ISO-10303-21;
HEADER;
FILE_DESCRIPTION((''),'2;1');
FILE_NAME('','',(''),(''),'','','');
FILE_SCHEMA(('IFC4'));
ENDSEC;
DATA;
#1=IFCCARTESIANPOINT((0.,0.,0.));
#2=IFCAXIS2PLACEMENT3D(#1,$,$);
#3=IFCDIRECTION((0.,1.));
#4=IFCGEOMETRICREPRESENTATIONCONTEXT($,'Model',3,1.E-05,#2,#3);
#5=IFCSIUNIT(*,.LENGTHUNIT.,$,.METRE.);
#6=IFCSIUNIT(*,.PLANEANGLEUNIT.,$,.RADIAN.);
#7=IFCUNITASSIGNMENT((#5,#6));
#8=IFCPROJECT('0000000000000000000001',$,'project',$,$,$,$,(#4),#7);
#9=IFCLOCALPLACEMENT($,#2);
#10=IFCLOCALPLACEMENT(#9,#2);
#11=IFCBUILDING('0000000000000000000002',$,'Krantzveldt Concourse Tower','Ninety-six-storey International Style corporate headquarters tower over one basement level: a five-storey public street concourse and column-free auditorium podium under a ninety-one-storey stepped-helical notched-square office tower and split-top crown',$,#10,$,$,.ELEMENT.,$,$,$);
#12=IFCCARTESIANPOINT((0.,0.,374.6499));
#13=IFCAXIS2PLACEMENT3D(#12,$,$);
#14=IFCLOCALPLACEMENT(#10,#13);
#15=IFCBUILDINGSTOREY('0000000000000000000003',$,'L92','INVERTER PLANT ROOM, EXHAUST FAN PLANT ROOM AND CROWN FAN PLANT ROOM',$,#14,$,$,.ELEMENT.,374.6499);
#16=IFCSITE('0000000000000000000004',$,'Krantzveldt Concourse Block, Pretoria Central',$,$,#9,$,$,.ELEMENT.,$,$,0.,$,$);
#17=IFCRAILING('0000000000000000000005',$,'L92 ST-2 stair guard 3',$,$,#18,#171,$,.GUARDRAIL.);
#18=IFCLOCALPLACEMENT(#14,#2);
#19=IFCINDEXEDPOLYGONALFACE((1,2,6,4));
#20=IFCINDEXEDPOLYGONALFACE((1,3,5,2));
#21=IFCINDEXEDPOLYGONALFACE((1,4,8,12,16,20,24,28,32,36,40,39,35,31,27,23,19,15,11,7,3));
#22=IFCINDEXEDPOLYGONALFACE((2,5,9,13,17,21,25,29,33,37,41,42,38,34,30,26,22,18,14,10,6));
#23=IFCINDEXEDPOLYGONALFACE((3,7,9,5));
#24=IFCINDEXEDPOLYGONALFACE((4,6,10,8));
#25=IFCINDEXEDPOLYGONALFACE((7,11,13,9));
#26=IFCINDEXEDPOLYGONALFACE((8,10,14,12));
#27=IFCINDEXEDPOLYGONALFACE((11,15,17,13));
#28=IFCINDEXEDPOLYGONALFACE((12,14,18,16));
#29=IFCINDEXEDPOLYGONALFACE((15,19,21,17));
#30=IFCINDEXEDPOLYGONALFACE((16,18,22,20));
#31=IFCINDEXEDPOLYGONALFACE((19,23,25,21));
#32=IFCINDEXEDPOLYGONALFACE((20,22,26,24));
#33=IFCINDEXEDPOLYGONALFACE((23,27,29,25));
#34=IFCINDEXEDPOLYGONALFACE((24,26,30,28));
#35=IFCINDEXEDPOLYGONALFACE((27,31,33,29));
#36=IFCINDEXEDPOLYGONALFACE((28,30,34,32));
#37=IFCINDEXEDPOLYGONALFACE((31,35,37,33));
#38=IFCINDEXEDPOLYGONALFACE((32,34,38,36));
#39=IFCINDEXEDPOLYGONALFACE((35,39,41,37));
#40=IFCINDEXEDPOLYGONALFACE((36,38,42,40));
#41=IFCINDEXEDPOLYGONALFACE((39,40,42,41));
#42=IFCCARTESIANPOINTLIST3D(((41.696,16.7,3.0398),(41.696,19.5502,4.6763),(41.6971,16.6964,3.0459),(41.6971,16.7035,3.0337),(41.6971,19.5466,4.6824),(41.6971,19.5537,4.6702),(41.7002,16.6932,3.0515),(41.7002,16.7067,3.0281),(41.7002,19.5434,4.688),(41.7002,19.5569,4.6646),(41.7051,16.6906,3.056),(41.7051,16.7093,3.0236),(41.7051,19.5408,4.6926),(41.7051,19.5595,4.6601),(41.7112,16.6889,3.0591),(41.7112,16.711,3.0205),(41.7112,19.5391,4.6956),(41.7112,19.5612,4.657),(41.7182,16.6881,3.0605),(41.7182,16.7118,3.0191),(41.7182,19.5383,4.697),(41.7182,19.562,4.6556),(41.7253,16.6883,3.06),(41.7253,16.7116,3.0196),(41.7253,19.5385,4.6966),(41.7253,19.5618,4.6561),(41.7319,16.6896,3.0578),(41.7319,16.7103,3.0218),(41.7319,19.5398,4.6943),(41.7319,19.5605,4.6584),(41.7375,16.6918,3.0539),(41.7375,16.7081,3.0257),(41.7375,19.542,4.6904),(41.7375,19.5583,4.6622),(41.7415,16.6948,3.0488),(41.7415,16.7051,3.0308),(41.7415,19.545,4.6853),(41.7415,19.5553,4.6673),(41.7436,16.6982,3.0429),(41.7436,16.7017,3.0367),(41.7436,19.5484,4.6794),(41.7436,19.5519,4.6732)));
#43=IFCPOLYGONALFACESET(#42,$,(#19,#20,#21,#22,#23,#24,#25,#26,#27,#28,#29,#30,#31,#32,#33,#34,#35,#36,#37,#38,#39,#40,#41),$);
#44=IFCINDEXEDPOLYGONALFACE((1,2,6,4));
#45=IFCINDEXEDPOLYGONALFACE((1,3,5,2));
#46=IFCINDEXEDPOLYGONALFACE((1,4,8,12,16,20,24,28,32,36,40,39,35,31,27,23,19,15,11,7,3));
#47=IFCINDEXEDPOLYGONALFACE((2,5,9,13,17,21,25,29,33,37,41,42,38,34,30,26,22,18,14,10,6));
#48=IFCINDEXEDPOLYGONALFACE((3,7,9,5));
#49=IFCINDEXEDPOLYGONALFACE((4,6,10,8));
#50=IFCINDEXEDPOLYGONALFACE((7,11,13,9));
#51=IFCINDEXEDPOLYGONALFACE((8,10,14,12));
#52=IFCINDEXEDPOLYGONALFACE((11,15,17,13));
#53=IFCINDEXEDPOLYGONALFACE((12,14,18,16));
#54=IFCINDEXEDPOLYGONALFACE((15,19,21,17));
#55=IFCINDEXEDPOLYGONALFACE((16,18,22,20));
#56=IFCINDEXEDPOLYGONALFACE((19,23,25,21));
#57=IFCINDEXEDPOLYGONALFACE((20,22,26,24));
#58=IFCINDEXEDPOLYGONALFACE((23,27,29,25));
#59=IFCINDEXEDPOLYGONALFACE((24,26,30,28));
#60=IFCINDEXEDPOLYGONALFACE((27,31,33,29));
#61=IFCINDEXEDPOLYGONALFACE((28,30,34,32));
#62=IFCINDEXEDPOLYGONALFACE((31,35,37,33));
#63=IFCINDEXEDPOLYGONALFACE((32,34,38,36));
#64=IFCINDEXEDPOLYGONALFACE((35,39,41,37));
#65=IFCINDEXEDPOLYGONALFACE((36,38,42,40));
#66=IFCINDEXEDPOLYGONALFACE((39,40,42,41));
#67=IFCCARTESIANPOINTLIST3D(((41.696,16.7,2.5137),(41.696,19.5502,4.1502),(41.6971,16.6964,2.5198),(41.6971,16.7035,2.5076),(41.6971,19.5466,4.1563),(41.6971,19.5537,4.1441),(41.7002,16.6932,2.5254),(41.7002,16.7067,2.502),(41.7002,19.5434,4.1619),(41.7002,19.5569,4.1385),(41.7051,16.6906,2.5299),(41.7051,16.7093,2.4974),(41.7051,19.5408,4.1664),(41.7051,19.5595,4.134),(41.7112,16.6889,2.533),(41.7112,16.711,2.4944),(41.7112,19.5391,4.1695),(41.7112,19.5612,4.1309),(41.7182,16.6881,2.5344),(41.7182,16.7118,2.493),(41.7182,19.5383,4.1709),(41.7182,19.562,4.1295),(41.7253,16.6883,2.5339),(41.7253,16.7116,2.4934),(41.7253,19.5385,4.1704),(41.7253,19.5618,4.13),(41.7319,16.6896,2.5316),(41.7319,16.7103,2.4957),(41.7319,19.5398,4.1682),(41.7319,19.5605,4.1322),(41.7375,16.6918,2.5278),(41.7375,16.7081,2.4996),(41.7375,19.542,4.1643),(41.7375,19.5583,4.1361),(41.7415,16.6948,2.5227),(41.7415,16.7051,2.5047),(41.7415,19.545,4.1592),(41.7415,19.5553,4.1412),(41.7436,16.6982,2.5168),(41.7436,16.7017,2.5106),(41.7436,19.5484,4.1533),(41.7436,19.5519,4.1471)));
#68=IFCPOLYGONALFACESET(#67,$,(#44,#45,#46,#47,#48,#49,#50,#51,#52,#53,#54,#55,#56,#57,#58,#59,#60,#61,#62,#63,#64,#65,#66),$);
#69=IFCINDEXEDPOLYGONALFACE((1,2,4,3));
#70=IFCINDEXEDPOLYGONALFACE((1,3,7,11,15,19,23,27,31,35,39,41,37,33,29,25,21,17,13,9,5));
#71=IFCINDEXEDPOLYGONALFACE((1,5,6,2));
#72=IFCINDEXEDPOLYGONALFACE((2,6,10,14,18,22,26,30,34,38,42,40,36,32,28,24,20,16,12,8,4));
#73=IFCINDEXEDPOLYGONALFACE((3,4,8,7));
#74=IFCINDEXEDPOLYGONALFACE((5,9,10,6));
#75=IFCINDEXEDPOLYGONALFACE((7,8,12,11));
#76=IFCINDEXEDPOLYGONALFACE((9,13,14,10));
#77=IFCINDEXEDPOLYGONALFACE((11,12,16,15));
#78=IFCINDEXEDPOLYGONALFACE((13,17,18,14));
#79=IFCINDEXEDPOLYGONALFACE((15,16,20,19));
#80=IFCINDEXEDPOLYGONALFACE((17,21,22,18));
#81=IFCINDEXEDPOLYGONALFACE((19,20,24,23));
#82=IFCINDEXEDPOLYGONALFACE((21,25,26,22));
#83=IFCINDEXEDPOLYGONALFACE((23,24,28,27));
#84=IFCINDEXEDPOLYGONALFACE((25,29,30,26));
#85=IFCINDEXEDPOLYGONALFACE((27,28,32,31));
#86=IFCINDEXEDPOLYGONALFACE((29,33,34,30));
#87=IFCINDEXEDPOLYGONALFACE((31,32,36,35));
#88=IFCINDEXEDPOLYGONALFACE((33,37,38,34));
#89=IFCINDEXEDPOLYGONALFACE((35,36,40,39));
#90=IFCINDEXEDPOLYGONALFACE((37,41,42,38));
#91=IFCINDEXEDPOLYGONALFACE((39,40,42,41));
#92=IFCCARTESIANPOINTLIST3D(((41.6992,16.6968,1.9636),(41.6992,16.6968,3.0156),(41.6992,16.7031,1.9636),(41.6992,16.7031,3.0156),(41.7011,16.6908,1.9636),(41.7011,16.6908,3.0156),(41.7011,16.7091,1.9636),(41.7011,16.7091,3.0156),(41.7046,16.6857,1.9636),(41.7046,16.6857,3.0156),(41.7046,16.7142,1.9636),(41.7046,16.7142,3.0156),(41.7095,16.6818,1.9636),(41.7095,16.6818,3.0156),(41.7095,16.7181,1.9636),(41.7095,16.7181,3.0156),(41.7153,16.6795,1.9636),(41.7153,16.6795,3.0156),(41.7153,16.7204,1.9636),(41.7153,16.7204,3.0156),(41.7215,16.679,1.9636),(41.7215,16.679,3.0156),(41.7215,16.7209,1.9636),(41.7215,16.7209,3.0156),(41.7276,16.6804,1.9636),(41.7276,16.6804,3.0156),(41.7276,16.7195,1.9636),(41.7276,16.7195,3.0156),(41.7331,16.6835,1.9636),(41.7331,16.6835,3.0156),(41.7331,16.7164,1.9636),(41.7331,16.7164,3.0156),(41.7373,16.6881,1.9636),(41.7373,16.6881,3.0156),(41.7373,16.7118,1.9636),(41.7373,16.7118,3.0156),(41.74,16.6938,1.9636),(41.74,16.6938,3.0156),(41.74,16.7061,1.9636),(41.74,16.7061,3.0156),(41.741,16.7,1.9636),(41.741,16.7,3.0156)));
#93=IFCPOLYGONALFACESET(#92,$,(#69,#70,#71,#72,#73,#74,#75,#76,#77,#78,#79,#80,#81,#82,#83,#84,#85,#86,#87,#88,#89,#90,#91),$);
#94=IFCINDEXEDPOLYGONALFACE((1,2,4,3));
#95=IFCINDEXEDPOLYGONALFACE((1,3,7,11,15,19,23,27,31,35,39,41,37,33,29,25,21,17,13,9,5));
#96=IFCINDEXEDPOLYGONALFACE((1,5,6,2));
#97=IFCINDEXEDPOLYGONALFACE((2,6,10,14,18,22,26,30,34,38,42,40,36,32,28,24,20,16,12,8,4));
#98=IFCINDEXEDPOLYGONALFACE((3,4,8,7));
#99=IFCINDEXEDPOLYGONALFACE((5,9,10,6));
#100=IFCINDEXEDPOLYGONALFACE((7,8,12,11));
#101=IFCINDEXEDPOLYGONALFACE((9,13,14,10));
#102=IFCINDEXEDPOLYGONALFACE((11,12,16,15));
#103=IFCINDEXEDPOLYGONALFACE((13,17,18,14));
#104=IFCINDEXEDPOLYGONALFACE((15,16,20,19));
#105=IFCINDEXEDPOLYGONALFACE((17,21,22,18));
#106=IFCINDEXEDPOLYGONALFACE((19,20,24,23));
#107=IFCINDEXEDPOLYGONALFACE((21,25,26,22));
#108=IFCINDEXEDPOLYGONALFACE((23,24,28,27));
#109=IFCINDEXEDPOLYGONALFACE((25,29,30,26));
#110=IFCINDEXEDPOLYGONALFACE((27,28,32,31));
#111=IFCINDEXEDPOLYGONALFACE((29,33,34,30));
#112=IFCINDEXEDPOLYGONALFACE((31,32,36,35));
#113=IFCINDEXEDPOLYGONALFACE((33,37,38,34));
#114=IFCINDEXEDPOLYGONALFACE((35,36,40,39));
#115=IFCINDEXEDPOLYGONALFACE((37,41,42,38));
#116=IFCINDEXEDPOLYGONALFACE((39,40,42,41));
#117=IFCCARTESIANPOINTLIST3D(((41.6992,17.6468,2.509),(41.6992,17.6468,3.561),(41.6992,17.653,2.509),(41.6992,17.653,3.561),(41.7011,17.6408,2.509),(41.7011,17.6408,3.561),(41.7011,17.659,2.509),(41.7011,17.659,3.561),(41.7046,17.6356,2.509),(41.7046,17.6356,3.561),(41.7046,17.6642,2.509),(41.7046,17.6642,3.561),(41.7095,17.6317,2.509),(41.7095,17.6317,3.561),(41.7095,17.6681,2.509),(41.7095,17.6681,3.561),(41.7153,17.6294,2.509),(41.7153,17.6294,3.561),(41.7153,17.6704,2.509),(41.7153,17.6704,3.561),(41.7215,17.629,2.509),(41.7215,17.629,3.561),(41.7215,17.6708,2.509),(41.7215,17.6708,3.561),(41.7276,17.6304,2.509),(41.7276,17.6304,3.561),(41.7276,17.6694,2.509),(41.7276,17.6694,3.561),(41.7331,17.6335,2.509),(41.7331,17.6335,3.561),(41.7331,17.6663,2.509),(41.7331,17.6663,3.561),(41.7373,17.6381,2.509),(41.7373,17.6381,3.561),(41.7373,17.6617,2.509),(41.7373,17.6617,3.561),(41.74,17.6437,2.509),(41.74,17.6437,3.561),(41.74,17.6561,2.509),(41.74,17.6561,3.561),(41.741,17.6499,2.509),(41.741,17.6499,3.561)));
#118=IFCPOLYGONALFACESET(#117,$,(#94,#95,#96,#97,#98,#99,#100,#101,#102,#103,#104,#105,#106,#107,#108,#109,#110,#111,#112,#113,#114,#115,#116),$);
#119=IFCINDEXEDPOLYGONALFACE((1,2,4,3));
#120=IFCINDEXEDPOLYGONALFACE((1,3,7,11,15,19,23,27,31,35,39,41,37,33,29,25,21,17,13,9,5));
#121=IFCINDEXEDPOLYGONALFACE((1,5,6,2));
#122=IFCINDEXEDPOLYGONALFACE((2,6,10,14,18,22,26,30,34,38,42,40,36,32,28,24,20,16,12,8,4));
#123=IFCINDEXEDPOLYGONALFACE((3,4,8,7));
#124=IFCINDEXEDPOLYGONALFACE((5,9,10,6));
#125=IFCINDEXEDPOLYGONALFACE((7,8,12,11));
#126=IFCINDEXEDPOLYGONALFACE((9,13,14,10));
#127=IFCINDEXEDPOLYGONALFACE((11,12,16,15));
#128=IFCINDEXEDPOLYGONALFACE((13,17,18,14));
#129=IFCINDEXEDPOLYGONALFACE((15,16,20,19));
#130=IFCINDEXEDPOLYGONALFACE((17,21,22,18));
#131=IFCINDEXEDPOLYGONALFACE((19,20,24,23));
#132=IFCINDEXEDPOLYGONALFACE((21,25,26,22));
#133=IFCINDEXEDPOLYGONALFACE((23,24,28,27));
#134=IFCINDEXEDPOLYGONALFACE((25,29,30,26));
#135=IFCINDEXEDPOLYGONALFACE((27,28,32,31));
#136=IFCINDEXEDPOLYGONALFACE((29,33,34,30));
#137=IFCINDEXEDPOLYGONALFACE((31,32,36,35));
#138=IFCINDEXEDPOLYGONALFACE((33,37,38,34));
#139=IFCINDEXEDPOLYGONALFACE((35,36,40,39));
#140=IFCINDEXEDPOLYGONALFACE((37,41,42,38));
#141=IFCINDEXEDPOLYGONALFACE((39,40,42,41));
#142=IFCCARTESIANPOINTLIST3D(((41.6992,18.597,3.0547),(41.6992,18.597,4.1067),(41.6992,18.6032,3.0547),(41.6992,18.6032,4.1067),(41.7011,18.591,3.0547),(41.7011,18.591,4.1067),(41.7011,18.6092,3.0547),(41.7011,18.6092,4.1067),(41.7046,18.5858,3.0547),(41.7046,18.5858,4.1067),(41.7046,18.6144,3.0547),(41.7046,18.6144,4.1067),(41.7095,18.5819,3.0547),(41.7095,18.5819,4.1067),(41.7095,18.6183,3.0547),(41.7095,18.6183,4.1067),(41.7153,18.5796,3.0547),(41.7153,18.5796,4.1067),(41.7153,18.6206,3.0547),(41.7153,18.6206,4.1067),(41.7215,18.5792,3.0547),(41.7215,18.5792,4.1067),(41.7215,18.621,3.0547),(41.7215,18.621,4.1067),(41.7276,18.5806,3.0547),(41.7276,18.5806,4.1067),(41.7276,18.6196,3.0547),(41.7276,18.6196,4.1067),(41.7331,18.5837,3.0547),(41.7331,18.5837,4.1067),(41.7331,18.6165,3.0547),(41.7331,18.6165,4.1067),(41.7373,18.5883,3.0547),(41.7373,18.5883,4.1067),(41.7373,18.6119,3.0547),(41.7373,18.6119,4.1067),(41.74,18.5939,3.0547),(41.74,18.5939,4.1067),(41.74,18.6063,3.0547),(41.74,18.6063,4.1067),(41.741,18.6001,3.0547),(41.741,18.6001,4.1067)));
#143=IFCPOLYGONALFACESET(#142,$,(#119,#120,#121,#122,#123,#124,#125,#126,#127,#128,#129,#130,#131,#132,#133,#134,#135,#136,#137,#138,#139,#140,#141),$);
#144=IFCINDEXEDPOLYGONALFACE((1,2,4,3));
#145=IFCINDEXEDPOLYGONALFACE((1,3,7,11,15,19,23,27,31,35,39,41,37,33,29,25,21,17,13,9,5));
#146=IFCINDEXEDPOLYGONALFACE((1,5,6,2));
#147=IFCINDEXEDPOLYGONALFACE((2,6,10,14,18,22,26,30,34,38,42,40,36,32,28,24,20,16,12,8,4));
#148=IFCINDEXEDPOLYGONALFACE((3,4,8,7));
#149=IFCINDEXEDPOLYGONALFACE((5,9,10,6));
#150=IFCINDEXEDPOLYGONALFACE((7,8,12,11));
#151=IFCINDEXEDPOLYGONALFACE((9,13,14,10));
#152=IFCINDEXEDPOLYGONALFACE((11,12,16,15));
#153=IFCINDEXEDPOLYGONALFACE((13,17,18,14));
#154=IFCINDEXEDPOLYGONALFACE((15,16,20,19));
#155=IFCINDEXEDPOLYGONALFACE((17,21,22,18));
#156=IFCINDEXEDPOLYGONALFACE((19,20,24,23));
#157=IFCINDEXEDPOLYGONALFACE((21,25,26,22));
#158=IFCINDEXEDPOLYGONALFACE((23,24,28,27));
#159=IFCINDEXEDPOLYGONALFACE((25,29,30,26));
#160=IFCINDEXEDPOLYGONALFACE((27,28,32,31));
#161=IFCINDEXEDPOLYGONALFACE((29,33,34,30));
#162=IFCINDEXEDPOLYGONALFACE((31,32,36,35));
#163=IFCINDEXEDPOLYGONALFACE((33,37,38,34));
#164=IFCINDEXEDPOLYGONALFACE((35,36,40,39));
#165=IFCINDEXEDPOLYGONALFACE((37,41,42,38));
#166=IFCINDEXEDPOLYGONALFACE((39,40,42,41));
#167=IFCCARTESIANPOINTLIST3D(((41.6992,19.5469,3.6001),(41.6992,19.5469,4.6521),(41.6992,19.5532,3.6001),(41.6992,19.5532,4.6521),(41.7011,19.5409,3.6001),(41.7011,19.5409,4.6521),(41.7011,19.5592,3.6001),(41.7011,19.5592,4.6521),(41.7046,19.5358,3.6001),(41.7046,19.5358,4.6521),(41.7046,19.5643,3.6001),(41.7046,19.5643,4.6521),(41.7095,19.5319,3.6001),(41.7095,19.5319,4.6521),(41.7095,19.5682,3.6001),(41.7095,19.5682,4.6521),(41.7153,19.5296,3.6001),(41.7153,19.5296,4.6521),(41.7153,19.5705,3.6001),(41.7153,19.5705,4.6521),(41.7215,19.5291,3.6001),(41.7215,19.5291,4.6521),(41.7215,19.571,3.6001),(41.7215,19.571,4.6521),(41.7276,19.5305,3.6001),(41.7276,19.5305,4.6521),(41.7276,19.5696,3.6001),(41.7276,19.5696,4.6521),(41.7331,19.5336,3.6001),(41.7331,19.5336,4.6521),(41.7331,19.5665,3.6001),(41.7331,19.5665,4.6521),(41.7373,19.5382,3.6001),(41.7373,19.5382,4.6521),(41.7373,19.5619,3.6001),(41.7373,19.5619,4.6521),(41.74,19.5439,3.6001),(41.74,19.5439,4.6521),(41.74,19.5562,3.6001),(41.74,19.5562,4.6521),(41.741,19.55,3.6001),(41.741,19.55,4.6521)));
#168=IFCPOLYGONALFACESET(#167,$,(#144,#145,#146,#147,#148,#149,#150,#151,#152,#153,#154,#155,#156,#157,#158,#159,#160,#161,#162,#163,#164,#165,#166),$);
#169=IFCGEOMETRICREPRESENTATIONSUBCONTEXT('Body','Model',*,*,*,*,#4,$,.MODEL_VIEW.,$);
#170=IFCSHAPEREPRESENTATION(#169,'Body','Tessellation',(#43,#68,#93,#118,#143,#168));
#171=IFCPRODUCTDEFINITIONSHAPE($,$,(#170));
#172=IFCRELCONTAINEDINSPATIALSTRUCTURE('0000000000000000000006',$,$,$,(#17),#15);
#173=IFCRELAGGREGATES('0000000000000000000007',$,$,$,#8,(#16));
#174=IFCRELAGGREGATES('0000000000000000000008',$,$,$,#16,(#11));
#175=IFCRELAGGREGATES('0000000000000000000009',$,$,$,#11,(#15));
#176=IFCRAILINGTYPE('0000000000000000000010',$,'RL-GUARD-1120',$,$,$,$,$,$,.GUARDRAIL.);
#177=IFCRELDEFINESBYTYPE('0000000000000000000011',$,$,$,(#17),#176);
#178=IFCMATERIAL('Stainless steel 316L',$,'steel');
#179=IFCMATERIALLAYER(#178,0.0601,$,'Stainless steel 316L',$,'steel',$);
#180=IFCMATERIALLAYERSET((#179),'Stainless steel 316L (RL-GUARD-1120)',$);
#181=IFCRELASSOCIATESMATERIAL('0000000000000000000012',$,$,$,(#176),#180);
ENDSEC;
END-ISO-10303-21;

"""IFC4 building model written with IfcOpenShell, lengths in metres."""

from ifc_helpers import new_model, si_unit, direction, frame, origin, origin_2d, place, context, subcontext, project, spatial, circle, extrude, material, layer, layer_set, type_object, element, save


model = new_model("IFC4")

# Units and contexts
model_context = context("Model", 3, precision=1e-05, world=origin(), true_north=direction((0.0, 1.0)))
body_context = subcontext(model_context, "Body", "Model", "MODEL_VIEW")
ifc_project = project(units=[si_unit("LENGTHUNIT", "METRE"), si_unit("PLANEANGLEUNIT", "RADIAN")], contexts=[model_context])

# Site, building, storey
site_placement = place(None, origin())
site = spatial("IfcSite", under=ifc_project, at=site_placement, Name="Krantzveldt Concourse Block, Pretoria Central", CompositionType="ELEMENT", RefElevation=0.0)
building_placement = place(site_placement, origin())
building = spatial("IfcBuilding", under=site, at=building_placement, Name="Krantzveldt Concourse Tower", Description="Ninety-six-storey International Style corporate headquarters tower over one basement level: a five-storey public street concourse and column-free auditorium podium under a ninety-one-storey stepped-helical notched-square office tower and split-top crown", CompositionType="ELEMENT")
storey_placement = place(building_placement, frame((0.0, 0.0, 374.6499)))
storey = spatial("IfcBuildingStorey", under=building, at=storey_placement, Name="L92", Description="INVERTER PLANT ROOM, EXHAUST FAN PLANT ROOM AND CROWN FAN PLANT ROOM", CompositionType="ELEMENT", Elevation=374.6499)

# Shared definitions
ifc_material_1 = material(Name="Stainless steel 316L", Category="steel")

# Railing
ifc_layer_1 = layer(ifc_material_1, 0.0601, Name="Stainless steel 316L", Category="steel")
ifc_layer_set_1 = layer_set([ifc_layer_1], Name="Stainless steel 316L (RL-GUARD-1120)")
railing_type_1 = type_object("IfcRailingType", Name="RL-GUARD-1120", PredefinedType="GUARDRAIL", material=ifc_layer_set_1)
railing_1_placement = place(storey_placement, frame((41.72, 16.7, 1.9636)))
element("IfcRailing", 1, at=railing_1_placement, inside=storey, type_object=railing_type_1, Name="L92 ST-2 stair guard 3", PredefinedType="GUARDRAIL", context=body_context, shape_type="SweptSolid", body=[
    extrude(circle(Radius=0.0239, at=origin_2d()), frame((0.0, 0.0, 1.0762), z_axis=(0.0, 0.867213, 0.497938), x_axis=(-1.0, 0.0, 0.0)), (0.0, 0.0, 1.0), 3.2866),
    extrude(circle(Radius=0.0239, at=origin_2d()), frame((0.0, 0.0, 0.55), z_axis=(0.0, 0.867213, 0.497938), x_axis=(-1.0, 0.0, 0.0)), (0.0, 0.0, 1.0), 3.2866),
    extrude(circle(Radius=0.021, at=origin_2d()), origin(), (0.0, 0.0, 1.0), 1.052),
    extrude(circle(Radius=0.021, at=origin_2d()), frame((0.0, 0.95, 0.5454)), (0.0, 0.0, 1.0), 1.052),
    extrude(circle(Radius=0.021, at=origin_2d()), frame((0.0, 1.9001, 1.0911)), (0.0, 0.0, 1.0), 1.052),
    extrude(circle(Radius=0.021, at=origin_2d()), frame((0.0, 2.8501, 1.6365)), (0.0, 0.0, 1.0), 1.052),
])

save(model, "model.ifc")
